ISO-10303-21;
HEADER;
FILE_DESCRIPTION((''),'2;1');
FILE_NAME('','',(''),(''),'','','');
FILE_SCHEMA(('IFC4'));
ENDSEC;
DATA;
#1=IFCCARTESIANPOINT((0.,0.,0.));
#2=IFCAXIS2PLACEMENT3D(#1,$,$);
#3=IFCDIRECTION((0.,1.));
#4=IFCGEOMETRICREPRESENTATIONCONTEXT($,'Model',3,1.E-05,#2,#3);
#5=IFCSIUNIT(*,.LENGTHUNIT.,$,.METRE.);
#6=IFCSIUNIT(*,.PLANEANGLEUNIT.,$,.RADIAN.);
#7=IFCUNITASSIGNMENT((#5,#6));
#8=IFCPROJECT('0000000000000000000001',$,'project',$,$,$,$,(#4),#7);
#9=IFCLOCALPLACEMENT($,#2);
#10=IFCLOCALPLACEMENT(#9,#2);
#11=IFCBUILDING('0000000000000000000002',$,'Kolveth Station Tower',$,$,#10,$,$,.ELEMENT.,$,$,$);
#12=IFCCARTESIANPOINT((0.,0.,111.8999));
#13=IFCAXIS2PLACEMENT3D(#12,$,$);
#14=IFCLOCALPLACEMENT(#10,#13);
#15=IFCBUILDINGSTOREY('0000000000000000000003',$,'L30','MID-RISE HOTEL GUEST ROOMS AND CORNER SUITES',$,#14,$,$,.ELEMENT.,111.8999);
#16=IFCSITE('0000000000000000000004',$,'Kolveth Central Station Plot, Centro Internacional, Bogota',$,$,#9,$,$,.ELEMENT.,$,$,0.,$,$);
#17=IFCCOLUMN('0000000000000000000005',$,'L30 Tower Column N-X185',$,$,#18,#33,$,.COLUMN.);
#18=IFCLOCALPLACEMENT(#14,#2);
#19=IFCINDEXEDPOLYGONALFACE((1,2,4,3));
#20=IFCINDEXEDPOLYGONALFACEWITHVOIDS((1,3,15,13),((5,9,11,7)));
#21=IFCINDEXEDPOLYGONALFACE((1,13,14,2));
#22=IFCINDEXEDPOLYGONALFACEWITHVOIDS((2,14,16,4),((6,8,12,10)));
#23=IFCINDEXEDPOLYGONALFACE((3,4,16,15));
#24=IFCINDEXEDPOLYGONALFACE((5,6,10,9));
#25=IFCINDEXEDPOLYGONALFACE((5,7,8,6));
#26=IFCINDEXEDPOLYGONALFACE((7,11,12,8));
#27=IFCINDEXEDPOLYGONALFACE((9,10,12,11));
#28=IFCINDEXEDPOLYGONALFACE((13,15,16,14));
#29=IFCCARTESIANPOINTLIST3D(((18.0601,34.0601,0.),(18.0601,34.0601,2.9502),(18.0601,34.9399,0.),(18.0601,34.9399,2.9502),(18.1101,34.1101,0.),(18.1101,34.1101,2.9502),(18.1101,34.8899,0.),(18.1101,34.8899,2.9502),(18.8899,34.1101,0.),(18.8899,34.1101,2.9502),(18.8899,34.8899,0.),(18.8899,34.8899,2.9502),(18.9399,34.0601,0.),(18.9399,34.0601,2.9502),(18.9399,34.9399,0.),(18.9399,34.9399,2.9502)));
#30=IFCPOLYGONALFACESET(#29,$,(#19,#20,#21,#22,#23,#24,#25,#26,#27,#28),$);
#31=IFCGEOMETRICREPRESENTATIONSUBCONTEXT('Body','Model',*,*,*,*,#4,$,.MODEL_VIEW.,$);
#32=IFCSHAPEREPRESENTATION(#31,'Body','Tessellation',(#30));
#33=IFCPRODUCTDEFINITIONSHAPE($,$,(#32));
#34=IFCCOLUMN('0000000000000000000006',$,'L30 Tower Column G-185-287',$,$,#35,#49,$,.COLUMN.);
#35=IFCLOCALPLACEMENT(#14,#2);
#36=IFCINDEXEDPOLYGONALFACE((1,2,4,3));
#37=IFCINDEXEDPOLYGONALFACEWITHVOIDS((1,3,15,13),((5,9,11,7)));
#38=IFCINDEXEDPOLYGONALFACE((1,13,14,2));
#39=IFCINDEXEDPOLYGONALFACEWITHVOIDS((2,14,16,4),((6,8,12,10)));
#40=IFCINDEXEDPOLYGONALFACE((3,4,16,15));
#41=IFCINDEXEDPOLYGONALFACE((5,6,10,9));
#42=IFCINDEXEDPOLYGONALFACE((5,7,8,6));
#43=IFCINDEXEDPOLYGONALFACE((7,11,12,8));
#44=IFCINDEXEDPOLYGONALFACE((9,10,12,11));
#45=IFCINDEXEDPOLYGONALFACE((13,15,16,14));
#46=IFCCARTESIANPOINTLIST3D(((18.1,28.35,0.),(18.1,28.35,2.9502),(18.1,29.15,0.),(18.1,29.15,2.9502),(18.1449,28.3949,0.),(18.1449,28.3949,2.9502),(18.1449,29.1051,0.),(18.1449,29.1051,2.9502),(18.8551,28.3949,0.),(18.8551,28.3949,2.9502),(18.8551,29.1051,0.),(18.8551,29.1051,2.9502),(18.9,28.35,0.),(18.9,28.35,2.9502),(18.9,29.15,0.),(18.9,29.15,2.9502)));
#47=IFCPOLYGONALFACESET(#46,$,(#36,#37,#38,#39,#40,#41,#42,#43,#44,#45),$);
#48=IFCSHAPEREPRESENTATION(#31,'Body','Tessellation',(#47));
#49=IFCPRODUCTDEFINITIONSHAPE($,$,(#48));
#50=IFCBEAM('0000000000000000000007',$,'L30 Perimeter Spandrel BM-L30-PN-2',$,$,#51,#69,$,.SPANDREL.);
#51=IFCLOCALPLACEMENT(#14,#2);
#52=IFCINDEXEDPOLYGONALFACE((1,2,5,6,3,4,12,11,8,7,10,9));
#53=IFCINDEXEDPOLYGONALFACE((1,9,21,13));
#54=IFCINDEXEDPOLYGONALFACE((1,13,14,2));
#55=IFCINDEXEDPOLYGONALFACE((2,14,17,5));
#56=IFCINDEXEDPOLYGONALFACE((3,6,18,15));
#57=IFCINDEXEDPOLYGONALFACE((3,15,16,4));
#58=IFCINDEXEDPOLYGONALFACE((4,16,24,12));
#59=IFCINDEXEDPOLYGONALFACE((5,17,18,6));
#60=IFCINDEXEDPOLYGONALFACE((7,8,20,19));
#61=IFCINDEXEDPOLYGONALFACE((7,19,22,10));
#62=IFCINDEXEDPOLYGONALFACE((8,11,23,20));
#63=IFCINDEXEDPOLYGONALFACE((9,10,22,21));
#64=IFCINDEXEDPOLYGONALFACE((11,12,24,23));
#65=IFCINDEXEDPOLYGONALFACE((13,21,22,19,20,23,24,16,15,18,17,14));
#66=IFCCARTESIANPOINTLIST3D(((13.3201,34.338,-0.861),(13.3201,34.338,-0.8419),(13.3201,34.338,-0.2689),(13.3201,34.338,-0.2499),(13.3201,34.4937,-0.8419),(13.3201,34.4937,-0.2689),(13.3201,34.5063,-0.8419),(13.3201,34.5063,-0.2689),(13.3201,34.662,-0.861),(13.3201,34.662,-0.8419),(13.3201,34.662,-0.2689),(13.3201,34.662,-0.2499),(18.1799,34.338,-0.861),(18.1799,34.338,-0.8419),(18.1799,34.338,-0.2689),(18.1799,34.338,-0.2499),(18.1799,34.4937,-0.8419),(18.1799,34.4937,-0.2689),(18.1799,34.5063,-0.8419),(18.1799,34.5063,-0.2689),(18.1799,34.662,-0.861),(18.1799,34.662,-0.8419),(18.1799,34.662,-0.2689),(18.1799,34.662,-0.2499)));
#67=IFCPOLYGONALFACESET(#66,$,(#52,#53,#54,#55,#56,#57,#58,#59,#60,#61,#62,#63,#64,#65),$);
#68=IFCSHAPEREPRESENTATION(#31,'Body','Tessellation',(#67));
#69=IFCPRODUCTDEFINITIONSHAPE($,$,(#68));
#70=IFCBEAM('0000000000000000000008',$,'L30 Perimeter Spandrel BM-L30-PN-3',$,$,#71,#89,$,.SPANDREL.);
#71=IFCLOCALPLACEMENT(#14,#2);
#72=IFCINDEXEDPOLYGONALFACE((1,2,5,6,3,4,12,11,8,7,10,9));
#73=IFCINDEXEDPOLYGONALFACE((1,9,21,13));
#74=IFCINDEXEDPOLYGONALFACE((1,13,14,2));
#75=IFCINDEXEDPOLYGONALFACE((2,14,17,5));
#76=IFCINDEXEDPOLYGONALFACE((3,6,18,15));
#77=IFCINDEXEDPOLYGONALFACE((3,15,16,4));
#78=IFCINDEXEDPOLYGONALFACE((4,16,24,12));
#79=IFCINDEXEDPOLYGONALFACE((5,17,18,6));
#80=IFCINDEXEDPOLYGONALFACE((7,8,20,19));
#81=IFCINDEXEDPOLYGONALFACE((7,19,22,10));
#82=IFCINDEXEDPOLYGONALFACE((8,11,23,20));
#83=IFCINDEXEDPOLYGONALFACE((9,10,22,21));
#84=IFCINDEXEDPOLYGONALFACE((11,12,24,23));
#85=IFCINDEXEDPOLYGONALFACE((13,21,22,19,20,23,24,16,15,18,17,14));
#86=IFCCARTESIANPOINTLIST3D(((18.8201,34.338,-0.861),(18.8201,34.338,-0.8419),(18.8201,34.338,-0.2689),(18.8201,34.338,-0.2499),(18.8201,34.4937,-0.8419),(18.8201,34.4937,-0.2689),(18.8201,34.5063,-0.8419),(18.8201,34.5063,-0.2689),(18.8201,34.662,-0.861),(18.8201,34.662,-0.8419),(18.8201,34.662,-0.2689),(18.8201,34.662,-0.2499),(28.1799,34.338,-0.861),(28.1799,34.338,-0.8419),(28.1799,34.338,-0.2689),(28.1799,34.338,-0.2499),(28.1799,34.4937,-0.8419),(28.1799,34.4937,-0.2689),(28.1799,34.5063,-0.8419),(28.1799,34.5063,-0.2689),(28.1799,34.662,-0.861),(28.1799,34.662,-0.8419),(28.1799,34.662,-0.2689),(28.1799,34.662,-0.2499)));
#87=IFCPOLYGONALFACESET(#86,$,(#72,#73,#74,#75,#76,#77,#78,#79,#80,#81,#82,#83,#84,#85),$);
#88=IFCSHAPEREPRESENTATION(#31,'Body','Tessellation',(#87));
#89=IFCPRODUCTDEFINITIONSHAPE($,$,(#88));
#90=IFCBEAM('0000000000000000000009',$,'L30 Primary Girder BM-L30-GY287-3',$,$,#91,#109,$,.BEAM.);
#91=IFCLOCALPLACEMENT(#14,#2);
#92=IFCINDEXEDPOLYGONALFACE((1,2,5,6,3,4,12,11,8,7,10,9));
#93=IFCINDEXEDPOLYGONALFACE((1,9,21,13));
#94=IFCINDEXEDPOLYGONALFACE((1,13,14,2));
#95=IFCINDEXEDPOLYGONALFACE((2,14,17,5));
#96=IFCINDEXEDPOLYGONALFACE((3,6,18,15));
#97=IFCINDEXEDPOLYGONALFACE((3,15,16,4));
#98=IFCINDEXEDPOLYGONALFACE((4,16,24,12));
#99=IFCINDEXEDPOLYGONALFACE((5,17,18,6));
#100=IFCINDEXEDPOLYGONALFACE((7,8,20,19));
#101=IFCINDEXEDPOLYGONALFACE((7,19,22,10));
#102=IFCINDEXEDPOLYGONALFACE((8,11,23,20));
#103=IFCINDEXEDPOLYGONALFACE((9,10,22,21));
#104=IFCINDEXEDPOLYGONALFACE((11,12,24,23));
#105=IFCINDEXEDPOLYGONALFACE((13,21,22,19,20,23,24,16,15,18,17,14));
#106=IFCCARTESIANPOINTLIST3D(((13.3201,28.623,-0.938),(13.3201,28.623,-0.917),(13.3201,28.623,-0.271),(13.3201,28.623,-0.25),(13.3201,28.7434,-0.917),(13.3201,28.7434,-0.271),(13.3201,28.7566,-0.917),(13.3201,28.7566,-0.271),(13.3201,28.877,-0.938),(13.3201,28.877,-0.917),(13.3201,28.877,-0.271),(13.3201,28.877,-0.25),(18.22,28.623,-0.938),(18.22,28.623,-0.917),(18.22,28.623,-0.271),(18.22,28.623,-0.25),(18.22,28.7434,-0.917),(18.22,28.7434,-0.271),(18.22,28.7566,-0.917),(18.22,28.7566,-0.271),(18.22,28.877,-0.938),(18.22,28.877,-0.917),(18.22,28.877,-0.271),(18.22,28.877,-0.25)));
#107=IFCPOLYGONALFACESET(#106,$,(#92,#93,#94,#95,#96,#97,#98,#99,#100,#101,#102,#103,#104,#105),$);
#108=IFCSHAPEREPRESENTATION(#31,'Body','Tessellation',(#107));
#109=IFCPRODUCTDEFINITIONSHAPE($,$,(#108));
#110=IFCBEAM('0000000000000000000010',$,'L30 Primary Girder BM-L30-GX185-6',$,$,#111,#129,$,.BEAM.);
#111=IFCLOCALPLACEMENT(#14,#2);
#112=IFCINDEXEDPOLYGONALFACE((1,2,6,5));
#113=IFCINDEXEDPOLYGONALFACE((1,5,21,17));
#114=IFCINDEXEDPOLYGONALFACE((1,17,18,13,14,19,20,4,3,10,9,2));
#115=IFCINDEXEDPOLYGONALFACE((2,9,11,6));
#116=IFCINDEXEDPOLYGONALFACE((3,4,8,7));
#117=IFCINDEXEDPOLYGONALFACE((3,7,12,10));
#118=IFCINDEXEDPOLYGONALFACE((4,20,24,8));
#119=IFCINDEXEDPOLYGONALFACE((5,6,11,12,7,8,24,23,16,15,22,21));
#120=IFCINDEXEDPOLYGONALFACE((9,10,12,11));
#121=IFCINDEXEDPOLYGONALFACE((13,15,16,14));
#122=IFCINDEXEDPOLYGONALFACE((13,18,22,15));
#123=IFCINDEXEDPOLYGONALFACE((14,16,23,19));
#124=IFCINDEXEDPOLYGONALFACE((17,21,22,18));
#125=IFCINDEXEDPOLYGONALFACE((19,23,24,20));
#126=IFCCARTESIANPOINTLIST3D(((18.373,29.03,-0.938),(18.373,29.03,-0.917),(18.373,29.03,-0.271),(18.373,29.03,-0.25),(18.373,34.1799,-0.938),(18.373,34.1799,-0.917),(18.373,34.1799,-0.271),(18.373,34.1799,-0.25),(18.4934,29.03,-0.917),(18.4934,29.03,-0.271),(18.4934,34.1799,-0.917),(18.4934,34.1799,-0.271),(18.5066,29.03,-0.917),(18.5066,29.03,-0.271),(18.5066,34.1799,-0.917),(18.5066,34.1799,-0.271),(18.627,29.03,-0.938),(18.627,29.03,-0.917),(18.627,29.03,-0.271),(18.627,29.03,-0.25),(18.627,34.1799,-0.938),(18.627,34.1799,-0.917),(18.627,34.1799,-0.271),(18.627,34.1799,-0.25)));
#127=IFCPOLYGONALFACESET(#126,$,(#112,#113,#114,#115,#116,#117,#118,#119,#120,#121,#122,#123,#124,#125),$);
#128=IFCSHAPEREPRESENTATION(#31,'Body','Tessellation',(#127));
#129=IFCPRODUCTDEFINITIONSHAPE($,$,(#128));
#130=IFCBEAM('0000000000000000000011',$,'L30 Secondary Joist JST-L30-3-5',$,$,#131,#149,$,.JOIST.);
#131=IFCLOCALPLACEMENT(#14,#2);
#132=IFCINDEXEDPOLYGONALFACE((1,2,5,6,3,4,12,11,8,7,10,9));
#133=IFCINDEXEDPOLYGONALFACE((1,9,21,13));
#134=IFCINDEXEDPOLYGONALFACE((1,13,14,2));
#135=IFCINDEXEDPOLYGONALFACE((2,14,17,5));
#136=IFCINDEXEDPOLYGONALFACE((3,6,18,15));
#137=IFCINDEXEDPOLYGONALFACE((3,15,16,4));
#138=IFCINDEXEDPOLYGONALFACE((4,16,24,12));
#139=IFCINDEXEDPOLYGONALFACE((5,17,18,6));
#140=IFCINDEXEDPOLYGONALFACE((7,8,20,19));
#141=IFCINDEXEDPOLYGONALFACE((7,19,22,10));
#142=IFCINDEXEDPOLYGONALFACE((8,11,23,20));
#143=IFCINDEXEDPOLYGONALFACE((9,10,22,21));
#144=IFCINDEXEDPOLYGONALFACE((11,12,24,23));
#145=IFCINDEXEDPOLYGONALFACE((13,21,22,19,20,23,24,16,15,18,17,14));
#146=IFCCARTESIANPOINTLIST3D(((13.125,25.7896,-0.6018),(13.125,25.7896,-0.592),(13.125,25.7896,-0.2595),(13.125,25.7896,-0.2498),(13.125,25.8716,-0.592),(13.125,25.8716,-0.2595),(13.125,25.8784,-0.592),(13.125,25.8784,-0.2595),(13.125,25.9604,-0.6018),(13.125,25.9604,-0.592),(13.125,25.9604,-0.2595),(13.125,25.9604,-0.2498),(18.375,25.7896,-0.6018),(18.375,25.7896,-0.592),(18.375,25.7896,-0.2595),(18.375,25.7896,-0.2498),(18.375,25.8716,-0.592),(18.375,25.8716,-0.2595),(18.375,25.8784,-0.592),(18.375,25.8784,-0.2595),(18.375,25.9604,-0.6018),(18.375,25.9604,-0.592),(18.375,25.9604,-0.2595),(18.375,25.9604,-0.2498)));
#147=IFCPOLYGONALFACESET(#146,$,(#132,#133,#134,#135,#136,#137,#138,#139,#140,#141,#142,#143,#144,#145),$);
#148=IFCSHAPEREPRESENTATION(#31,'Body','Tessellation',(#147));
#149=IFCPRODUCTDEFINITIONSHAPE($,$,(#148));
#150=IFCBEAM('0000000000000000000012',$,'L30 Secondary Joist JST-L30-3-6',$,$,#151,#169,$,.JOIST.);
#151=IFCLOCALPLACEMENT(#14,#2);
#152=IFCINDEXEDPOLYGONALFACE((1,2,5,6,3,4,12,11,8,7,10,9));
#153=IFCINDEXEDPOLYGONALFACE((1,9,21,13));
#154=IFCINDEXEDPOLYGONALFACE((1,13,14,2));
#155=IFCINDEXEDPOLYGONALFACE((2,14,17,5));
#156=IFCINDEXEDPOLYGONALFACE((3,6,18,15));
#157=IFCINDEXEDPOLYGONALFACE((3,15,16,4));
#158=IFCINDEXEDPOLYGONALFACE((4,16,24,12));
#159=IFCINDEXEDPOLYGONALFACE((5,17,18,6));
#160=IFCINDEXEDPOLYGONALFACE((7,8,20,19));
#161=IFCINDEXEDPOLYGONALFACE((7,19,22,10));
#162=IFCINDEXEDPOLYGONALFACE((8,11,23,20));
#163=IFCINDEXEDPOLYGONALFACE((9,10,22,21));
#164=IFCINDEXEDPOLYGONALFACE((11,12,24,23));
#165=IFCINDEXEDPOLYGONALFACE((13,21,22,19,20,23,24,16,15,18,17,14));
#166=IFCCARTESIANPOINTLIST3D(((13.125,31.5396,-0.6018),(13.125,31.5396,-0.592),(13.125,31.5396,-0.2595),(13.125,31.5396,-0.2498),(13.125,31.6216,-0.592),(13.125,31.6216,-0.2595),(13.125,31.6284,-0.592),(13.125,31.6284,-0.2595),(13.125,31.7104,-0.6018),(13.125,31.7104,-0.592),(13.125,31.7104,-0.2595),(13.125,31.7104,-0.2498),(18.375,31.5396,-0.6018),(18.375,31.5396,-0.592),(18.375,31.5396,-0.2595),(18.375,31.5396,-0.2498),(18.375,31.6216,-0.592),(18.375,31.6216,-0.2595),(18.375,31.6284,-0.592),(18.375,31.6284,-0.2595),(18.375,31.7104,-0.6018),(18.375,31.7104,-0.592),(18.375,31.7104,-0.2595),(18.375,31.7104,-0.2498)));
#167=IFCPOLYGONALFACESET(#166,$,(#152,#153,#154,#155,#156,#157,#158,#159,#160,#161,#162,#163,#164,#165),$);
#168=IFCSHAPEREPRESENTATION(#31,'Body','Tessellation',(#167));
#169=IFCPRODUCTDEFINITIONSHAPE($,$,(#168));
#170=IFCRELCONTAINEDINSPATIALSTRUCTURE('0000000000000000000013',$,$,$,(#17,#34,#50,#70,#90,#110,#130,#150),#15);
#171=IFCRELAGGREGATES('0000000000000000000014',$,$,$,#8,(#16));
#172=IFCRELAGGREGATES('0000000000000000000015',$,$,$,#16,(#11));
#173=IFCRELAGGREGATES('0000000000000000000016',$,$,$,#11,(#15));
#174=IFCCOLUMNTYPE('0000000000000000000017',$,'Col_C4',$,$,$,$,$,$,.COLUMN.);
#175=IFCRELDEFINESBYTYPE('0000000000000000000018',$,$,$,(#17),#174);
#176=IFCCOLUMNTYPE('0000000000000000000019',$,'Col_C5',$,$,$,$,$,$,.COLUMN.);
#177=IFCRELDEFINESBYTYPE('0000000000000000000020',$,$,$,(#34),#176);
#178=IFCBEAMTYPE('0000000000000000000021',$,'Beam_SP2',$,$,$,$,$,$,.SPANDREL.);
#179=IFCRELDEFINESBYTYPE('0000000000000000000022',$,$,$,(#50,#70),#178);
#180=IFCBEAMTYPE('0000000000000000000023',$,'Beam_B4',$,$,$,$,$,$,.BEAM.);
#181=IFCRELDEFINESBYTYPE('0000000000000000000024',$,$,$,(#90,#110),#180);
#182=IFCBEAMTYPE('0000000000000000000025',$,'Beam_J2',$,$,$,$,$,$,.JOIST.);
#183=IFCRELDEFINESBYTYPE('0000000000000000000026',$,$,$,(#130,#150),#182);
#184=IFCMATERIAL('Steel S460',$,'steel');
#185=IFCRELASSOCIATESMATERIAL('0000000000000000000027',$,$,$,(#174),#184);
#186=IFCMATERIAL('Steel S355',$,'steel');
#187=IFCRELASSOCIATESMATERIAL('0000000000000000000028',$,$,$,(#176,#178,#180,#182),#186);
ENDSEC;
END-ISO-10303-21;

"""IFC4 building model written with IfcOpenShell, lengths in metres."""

from ifc_helpers import new_model, si_unit, direction, frame, origin, origin_2d, place, context, subcontext, project, spatial, hollow_rectangle, i_section, extrude, source, transform, mapped, material, material_profile, profile_set, type_object, element, save


model = new_model("IFC4")

# Units and contexts
model_context = context("Model", 3, precision=1e-05, world=origin(), true_north=direction((0.0, 1.0)))
body_context = subcontext(model_context, "Body", "Model", "MODEL_VIEW")
ifc_project = project(units=[si_unit("LENGTHUNIT", "METRE"), si_unit("PLANEANGLEUNIT", "RADIAN")], contexts=[model_context])

# Site, building, storey
site_placement = place(None, origin())
site = spatial("IfcSite", under=ifc_project, at=site_placement, Name="Kolveth Central Station Plot, Centro Internacional, Bogota", CompositionType="ELEMENT", RefElevation=0.0)
building_placement = place(site_placement, origin())
building = spatial("IfcBuilding", under=site, at=building_placement, Name="Kolveth Station Tower", CompositionType="ELEMENT")
storey_placement = place(building_placement, frame((0.0, 0.0, 111.8999)))
storey = spatial("IfcBuildingStorey", under=building, at=storey_placement, Name="L30", Description="MID-RISE HOTEL GUEST ROOMS AND CORNER SUITES", CompositionType="ELEMENT", Elevation=111.8999)

# Columns
ifc_material_1 = material(Name="Steel S460", Category="steel")
ifc_material_profile_1 = material_profile(ifc_material_1, hollow_rectangle(XDim=0.8799, YDim=0.8799, WallThickness=0.05, at=origin_2d()), Name="BOX880x880x50")
ifc_profile_set_1 = profile_set([ifc_material_profile_1], Name="Steel S460")
column_type_1 = type_object("IfcColumnType", Name="Col_C4", PredefinedType="COLUMN", material=ifc_profile_set_1)
shared_shape_1 = source(origin(), body_context, "Body", "SweptSolid", [
    extrude(hollow_rectangle(XDim=0.8799, YDim=0.8799, WallThickness=0.05, at=origin_2d()), origin(), (0.0, 0.0, 1.0), 2.9502),
])
column_1_placement = place(storey_placement, frame((18.5, 34.5, 0.0), z_axis=(0.0, 0.0, 1.0), x_axis=(1.0, 0.0, 0.0)))
element("IfcColumn", 1, at=column_1_placement, inside=storey, type_object=column_type_1, Name="L30 Tower Column N-X185", PredefinedType="COLUMN", context=body_context, shape_type="MappedRepresentation", body=[
    mapped(shared_shape_1, transform((0.0, 0.0, 0.0), x_axis=(1.0, 0.0, 0.0), y_axis=(0.0, 1.0, 0.0), z_axis=(0.0, 0.0, 1.0), scale=1.0)),
])
ifc_material_2 = material(Name="Steel S355", Category="steel")
ifc_material_profile_2 = material_profile(ifc_material_2, hollow_rectangle(XDim=0.8, YDim=0.8, WallThickness=0.0449, at=origin_2d()), Name="BOX800x800x45")
ifc_profile_set_2 = profile_set([ifc_material_profile_2], Name="Steel S355")
column_type_2 = type_object("IfcColumnType", Name="Col_C5", PredefinedType="COLUMN", material=ifc_profile_set_2)
shared_shape_2 = source(origin(), body_context, "Body", "SweptSolid", [
    extrude(hollow_rectangle(XDim=0.8, YDim=0.8, WallThickness=0.0449, at=origin_2d()), origin(), (0.0, 0.0, 1.0), 2.9502),
])
column_2_placement = place(storey_placement, frame((18.5, 28.75, 0.0), z_axis=(0.0, 0.0, 1.0), x_axis=(1.0, 0.0, 0.0)))
element("IfcColumn", 2, at=column_2_placement, inside=storey, type_object=column_type_2, Name="L30 Tower Column G-185-287", PredefinedType="COLUMN", context=body_context, shape_type="MappedRepresentation", body=[
    mapped(shared_shape_2, transform((0.0, 0.0, 0.0), x_axis=(1.0, 0.0, 0.0), y_axis=(0.0, 1.0, 0.0), z_axis=(0.0, 0.0, 1.0), scale=1.0)),
])

# Beams
ifc_material_profile_3 = material_profile(ifc_material_2, i_section(OverallWidth=0.324, OverallDepth=0.6111, WebThickness=0.0127, FlangeThickness=0.019, at=origin_2d()), Name="W610x155")
ifc_profile_set_3 = profile_set([ifc_material_profile_3], Name="Steel S355")
beam_type_1 = type_object("IfcBeamType", Name="Beam_SP2", PredefinedType="SPANDREL", material=ifc_profile_set_3)
shared_shape_3 = source(origin(), body_context, "Body", "SweptSolid", [
    extrude(i_section(OverallWidth=0.324, OverallDepth=0.6111, WebThickness=0.0127, FlangeThickness=0.019, at=origin_2d()), origin(), (0.0, 0.0, 1.0), 4.8599),
])
beam_1_placement = place(storey_placement, frame((13.3201, 34.5, -0.5554), z_axis=(1.0, 0.0, 0.0), x_axis=(0.0, 1.0, 0.0)))
element("IfcBeam", 3, at=beam_1_placement, inside=storey, type_object=beam_type_1, Name="L30 Perimeter Spandrel BM-L30-PN-2", PredefinedType="SPANDREL", context=body_context, shape_type="MappedRepresentation", body=[
    mapped(shared_shape_3, transform((0.0, 0.0, 0.0), x_axis=(1.0, 0.0, 0.0), y_axis=(0.0, 1.0, 0.0), z_axis=(0.0, 0.0, 1.0), scale=1.0)),
])
shared_shape_4 = source(origin(), body_context, "Body", "SweptSolid", [
    extrude(i_section(OverallWidth=0.324, OverallDepth=0.6111, WebThickness=0.0127, FlangeThickness=0.019, at=origin_2d()), origin(), (0.0, 0.0, 1.0), 9.3599),
])
beam_2_placement = place(storey_placement, frame((18.8201, 34.5, -0.5554), z_axis=(1.0, 0.0, 0.0), x_axis=(0.0, 1.0, 0.0)))
element("IfcBeam", 4, at=beam_2_placement, inside=storey, type_object=beam_type_1, Name="L30 Perimeter Spandrel BM-L30-PN-3", PredefinedType="SPANDREL", context=body_context, shape_type="MappedRepresentation", body=[
    mapped(shared_shape_4, transform((0.0, 0.0, 0.0), x_axis=(1.0, 0.0, 0.0), y_axis=(0.0, 1.0, 0.0), z_axis=(0.0, 0.0, 1.0), scale=1.0)),
])
ifc_material_profile_4 = material_profile(ifc_material_2, i_section(OverallWidth=0.2539, OverallDepth=0.688, WebThickness=0.0132, FlangeThickness=0.021, at=origin_2d()), Name="W690x152")
ifc_profile_set_4 = profile_set([ifc_material_profile_4], Name="Steel S355")
beam_type_2 = type_object("IfcBeamType", Name="Beam_B4", PredefinedType="BEAM", material=ifc_profile_set_4)
shared_shape_5 = source(origin(), body_context, "Body", "SweptSolid", [
    extrude(i_section(OverallWidth=0.2539, OverallDepth=0.688, WebThickness=0.0132, FlangeThickness=0.021, at=origin_2d()), origin(), (0.0, 0.0, 1.0), 4.8999),
])
beam_3_placement = place(storey_placement, frame((13.3201, 28.75, -0.594), z_axis=(1.0, 0.0, 0.0), x_axis=(0.0, 1.0, 0.0)))
element("IfcBeam", 5, at=beam_3_placement, inside=storey, type_object=beam_type_2, Name="L30 Primary Girder BM-L30-GY287-3", PredefinedType="BEAM", context=body_context, shape_type="MappedRepresentation", body=[
    mapped(shared_shape_5, transform((0.0, 0.0, 0.0), x_axis=(1.0, 0.0, 0.0), y_axis=(0.0, 1.0, 0.0), z_axis=(0.0, 0.0, 1.0), scale=1.0)),
])
shared_shape_6 = source(origin(), body_context, "Body", "SweptSolid", [
    extrude(i_section(OverallWidth=0.2539, OverallDepth=0.688, WebThickness=0.0132, FlangeThickness=0.021, at=origin_2d()), origin(), (0.0, 0.0, 1.0), 5.1499),
])
beam_4_placement = place(storey_placement, frame((18.5, 29.03, -0.594), z_axis=(0.0, 1.0, 0.0), x_axis=(-1.0, 0.0, 0.0)))
element("IfcBeam", 6, at=beam_4_placement, inside=storey, type_object=beam_type_2, Name="L30 Primary Girder BM-L30-GX185-6", PredefinedType="BEAM", context=body_context, shape_type="MappedRepresentation", body=[
    mapped(shared_shape_6, transform((0.0, 0.0, 0.0), x_axis=(1.0, 0.0, 0.0), y_axis=(0.0, 1.0, 0.0), z_axis=(0.0, 0.0, 1.0), scale=1.0)),
])
ifc_material_profile_5 = material_profile(ifc_material_2, i_section(OverallWidth=0.1709, OverallDepth=0.3521, WebThickness=0.0068, FlangeThickness=0.0098, at=origin_2d()), Name="W360x44")
ifc_profile_set_5 = profile_set([ifc_material_profile_5], Name="Steel S355")
beam_type_3 = type_object("IfcBeamType", Name="Beam_J2", PredefinedType="JOIST", material=ifc_profile_set_5)
shared_shape_7 = source(origin(), body_context, "Body", "SweptSolid", [
    extrude(i_section(OverallWidth=0.1709, OverallDepth=0.3521, WebThickness=0.0068, FlangeThickness=0.0098, at=origin_2d()), origin(), (0.0, 0.0, 1.0), 5.25),
])
for number, where, z_axis, x_axis, name in (
    (7, (13.125, 25.875, -0.4258), (1.0, 0.0, 0.0), (0.0, 1.0, 0.0), "L30 Secondary Joist JST-L30-3-5"),
    (8, (13.125, 31.625, -0.4258), (1.0, 0.0, 0.0), (0.0, 1.0, 0.0), "L30 Secondary Joist JST-L30-3-6"),
):
    element("IfcBeam", number, at=place(storey_placement, frame(where, z_axis=z_axis, x_axis=x_axis)), inside=storey, type_object=beam_type_3, Name=name, PredefinedType="JOIST", context=body_context, shape_type="MappedRepresentation", body=[
        mapped(shared_shape_7, transform((0.0, 0.0, 0.0), x_axis=(1.0, 0.0, 0.0), y_axis=(0.0, 1.0, 0.0), z_axis=(0.0, 0.0, 1.0), scale=1.0)),
    ])

save(model, "model.ifc")
